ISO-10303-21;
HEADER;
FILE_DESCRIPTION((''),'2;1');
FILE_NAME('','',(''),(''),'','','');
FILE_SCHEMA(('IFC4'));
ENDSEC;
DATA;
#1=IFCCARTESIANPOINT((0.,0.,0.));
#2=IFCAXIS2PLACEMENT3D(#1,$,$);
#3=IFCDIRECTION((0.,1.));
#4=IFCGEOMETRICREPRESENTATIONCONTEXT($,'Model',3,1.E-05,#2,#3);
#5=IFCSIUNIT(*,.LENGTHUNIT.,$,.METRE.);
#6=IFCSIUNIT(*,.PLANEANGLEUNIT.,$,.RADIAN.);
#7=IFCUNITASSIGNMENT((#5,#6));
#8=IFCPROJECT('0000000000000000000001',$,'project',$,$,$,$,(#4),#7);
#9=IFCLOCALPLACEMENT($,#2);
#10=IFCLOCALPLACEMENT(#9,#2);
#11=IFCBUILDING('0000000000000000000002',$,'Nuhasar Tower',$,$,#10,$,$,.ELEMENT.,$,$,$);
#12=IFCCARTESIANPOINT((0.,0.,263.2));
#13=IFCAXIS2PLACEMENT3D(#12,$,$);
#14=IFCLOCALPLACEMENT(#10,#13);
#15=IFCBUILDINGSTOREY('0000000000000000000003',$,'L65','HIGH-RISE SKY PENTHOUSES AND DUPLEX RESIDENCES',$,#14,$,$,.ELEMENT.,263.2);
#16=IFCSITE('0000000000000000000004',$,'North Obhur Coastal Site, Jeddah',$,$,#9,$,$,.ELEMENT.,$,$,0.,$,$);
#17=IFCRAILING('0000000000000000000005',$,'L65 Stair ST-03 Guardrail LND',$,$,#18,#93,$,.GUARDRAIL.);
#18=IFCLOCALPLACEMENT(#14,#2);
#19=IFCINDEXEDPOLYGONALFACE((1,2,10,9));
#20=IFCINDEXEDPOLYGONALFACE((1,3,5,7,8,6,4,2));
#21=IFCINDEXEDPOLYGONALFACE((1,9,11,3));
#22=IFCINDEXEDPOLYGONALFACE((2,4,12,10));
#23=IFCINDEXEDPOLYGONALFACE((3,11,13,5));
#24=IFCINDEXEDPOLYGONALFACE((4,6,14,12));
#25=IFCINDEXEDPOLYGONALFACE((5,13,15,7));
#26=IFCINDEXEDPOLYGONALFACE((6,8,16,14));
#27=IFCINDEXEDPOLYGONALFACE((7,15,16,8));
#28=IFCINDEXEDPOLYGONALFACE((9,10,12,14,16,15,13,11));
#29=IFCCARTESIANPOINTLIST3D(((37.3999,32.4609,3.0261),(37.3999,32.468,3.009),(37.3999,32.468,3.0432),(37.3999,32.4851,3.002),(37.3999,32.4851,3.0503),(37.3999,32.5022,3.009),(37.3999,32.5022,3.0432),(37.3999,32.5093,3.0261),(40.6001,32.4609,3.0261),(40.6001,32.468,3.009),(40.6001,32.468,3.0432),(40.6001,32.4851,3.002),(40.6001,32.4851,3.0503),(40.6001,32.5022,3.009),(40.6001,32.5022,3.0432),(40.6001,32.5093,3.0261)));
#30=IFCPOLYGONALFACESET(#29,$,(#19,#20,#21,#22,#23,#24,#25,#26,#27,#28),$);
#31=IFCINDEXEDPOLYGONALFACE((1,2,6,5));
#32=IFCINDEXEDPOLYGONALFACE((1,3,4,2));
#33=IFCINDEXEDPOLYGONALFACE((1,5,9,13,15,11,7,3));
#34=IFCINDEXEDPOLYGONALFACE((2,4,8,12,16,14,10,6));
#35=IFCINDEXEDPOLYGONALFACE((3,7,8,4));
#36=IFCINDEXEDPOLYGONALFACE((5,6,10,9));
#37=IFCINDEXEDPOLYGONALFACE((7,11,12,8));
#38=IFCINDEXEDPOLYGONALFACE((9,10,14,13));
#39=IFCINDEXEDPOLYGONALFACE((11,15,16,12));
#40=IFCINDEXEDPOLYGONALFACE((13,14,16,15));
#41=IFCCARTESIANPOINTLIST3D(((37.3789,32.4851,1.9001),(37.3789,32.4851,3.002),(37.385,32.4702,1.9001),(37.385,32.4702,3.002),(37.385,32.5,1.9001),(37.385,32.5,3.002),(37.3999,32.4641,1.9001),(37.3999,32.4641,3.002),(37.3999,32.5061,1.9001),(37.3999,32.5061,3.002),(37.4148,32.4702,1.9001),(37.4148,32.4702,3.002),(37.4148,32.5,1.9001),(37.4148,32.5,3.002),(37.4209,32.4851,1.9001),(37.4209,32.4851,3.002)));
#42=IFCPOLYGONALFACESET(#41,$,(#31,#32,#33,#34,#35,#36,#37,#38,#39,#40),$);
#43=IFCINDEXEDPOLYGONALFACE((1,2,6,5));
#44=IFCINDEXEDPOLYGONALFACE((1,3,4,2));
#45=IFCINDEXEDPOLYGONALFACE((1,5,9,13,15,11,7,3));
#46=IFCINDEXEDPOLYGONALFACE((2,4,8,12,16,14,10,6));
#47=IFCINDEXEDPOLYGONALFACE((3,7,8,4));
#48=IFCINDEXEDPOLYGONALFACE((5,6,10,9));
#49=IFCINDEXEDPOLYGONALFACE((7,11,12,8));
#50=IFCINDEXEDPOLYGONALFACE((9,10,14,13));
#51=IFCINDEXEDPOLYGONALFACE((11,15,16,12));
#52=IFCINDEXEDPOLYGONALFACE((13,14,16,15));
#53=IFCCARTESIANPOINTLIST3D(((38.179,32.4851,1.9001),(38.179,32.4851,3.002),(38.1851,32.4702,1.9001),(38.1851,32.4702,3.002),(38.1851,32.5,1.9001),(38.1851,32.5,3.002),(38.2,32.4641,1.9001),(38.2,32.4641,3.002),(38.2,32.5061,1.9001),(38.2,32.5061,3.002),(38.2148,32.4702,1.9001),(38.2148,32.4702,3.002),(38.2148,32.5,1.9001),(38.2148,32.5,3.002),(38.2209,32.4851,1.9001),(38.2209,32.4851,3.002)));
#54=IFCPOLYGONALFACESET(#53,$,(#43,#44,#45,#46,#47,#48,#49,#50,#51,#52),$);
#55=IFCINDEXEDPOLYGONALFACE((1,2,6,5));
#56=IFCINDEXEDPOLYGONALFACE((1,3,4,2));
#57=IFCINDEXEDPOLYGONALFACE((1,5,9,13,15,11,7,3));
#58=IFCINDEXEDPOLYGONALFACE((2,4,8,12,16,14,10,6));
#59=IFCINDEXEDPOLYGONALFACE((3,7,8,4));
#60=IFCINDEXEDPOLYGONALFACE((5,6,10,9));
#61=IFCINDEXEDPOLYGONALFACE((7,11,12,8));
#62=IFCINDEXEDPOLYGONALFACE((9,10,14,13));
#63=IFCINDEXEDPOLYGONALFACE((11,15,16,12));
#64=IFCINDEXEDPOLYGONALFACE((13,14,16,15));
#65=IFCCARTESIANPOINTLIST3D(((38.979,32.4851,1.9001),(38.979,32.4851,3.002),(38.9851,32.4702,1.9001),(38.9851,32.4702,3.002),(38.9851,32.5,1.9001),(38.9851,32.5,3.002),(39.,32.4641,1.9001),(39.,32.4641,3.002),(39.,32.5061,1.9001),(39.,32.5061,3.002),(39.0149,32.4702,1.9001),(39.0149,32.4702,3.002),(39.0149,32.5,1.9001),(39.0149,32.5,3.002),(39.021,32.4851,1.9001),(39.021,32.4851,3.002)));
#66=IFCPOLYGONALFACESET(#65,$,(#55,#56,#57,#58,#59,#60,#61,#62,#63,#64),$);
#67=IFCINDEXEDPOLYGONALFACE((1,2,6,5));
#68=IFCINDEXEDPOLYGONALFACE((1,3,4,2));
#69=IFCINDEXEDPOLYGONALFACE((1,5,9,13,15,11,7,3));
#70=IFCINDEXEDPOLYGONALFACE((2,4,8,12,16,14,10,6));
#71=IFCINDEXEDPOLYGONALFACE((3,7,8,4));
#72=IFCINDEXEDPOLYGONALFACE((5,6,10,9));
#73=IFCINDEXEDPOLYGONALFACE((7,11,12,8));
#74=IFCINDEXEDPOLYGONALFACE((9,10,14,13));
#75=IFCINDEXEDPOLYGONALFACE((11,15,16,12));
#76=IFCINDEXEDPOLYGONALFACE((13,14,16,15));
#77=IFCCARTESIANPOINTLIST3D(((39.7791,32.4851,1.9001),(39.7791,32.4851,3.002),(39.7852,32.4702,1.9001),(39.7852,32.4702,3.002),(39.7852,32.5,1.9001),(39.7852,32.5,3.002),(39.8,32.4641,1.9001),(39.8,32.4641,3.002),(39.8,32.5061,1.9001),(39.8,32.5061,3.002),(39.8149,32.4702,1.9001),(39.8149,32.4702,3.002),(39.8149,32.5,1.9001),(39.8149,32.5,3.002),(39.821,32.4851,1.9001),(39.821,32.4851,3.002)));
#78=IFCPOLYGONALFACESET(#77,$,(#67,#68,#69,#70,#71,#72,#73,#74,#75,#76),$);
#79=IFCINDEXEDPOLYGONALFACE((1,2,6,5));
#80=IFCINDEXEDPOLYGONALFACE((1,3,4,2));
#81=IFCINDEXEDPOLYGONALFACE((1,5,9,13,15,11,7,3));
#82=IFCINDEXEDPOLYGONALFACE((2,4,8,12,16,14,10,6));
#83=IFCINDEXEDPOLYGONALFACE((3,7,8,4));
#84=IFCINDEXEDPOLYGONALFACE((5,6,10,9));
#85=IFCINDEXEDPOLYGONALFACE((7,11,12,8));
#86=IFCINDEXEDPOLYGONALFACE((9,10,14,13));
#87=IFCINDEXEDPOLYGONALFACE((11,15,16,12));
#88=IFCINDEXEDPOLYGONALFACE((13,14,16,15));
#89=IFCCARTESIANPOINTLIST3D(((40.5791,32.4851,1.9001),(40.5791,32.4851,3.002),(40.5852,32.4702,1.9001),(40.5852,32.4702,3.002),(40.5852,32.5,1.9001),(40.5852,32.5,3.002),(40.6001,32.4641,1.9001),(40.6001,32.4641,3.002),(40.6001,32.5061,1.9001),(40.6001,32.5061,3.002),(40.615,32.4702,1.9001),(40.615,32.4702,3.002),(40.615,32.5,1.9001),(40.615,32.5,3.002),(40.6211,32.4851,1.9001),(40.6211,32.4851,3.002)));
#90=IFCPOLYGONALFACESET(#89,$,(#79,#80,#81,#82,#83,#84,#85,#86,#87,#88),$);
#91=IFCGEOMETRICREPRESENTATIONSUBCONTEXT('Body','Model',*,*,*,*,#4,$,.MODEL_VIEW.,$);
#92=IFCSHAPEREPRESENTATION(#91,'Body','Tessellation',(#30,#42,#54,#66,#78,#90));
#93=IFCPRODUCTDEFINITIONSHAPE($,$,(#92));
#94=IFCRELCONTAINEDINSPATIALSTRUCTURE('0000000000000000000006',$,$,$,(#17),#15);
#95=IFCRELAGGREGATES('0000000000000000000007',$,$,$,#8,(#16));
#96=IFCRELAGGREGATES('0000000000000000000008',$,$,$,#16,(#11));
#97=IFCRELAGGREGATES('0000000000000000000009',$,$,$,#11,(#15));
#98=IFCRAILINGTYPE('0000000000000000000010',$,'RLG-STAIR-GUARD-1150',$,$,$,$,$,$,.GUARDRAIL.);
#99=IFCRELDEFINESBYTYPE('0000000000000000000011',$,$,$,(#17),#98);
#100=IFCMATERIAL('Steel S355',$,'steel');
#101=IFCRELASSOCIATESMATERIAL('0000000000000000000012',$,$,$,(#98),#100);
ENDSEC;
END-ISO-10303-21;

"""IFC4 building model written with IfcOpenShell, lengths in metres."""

from ifc_helpers import new_model, si_unit, direction, frame, origin, place, context, subcontext, project, spatial, polyline, outline, extrude, material, type_object, element, save


model = new_model("IFC4")

# Units and contexts
model_context = context("Model", 3, precision=1e-05, world=origin(), true_north=direction((0.0, 1.0)))
body_context = subcontext(model_context, "Body", "Model", "MODEL_VIEW")
ifc_project = project(units=[si_unit("LENGTHUNIT", "METRE"), si_unit("PLANEANGLEUNIT", "RADIAN")], contexts=[model_context])

# Site, building, storey
site_placement = place(None, origin())
site = spatial("IfcSite", under=ifc_project, at=site_placement, Name="North Obhur Coastal Site, Jeddah", CompositionType="ELEMENT", RefElevation=0.0)
building_placement = place(site_placement, origin())
building = spatial("IfcBuilding", under=site, at=building_placement, Name="Nuhasar Tower", CompositionType="ELEMENT")
storey_placement = place(building_placement, frame((0.0, 0.0, 263.2)))
storey = spatial("IfcBuildingStorey", under=building, at=storey_placement, Name="L65", Description="HIGH-RISE SKY PENTHOUSES AND DUPLEX RESIDENCES", CompositionType="ELEMENT", Elevation=263.2)

# Shared definitions
ifc_material_1 = material(Name="Steel S355", Category="steel")

# Railing
railing_type_1 = type_object("IfcRailingType", Name="RLG-STAIR-GUARD-1150", PredefinedType="GUARDRAIL", material=ifc_material_1)
railing_1_placement = place(storey_placement, frame((37.3999, 32.4851, 1.9001)))
element("IfcRailing", 1, at=railing_1_placement, inside=storey, type_object=railing_type_1, Name="L65 Stair ST-03 Guardrail LND", PredefinedType="GUARDRAIL", context=body_context, shape_type="SweptSolid", body=[
    extrude(outline(polyline([(0.0242, 0.0), (0.0171, 0.0171), (0.0, 0.0242), (-0.0171, 0.0171), (-0.0242, 0.0), (-0.0171, -0.0171), (0.0, -0.0242), (0.0171, -0.0171), (0.0242, 0.0)])), frame((0.0, 0.0, 1.126), z_axis=(1.0, 0.0, 0.0), x_axis=(0.0, 1.0, 0.0)), (0.0, 0.0, 1.0), 3.2002),
    extrude(outline(polyline([(0.021, 0.0), (0.0149, 0.0149), (0.0, 0.021), (-0.0149, 0.0149), (-0.021, 0.0), (-0.0149, -0.0149), (0.0, -0.021), (0.0149, -0.0149), (0.021, 0.0)])), origin(), (0.0, 0.0, 1.0), 1.1018),
    extrude(outline(polyline([(0.021, 0.0), (0.0149, 0.0149), (0.0, 0.021), (-0.0149, 0.0149), (-0.021, 0.0), (-0.0149, -0.0149), (0.0, -0.021), (0.0149, -0.0149), (0.021, 0.0)])), frame((0.8, 0.0, 0.0)), (0.0, 0.0, 1.0), 1.1018),
    extrude(outline(polyline([(0.021, 0.0), (0.0149, 0.0149), (0.0, 0.021), (-0.0149, 0.0149), (-0.021, 0.0), (-0.0149, -0.0149), (0.0, -0.021), (0.0149, -0.0149), (0.021, 0.0)])), frame((1.6001, 0.0, 0.0)), (0.0, 0.0, 1.0), 1.1018),
    extrude(outline(polyline([(0.021, 0.0), (0.0149, 0.0149), (0.0, 0.021), (-0.0149, 0.0149), (-0.021, 0.0), (-0.0149, -0.0149), (0.0, -0.021), (0.0149, -0.0149), (0.021, 0.0)])), frame((2.4001, 0.0, 0.0)), (0.0, 0.0, 1.0), 1.1018),
    extrude(outline(polyline([(0.021, 0.0), (0.0149, 0.0149), (0.0, 0.021), (-0.0149, 0.0149), (-0.021, 0.0), (-0.0149, -0.0149), (0.0, -0.021), (0.0149, -0.0149), (0.021, 0.0)])), frame((3.2002, 0.0, 0.0)), (0.0, 0.0, 1.0), 1.1018),
])

save(model, "model.ifc")
